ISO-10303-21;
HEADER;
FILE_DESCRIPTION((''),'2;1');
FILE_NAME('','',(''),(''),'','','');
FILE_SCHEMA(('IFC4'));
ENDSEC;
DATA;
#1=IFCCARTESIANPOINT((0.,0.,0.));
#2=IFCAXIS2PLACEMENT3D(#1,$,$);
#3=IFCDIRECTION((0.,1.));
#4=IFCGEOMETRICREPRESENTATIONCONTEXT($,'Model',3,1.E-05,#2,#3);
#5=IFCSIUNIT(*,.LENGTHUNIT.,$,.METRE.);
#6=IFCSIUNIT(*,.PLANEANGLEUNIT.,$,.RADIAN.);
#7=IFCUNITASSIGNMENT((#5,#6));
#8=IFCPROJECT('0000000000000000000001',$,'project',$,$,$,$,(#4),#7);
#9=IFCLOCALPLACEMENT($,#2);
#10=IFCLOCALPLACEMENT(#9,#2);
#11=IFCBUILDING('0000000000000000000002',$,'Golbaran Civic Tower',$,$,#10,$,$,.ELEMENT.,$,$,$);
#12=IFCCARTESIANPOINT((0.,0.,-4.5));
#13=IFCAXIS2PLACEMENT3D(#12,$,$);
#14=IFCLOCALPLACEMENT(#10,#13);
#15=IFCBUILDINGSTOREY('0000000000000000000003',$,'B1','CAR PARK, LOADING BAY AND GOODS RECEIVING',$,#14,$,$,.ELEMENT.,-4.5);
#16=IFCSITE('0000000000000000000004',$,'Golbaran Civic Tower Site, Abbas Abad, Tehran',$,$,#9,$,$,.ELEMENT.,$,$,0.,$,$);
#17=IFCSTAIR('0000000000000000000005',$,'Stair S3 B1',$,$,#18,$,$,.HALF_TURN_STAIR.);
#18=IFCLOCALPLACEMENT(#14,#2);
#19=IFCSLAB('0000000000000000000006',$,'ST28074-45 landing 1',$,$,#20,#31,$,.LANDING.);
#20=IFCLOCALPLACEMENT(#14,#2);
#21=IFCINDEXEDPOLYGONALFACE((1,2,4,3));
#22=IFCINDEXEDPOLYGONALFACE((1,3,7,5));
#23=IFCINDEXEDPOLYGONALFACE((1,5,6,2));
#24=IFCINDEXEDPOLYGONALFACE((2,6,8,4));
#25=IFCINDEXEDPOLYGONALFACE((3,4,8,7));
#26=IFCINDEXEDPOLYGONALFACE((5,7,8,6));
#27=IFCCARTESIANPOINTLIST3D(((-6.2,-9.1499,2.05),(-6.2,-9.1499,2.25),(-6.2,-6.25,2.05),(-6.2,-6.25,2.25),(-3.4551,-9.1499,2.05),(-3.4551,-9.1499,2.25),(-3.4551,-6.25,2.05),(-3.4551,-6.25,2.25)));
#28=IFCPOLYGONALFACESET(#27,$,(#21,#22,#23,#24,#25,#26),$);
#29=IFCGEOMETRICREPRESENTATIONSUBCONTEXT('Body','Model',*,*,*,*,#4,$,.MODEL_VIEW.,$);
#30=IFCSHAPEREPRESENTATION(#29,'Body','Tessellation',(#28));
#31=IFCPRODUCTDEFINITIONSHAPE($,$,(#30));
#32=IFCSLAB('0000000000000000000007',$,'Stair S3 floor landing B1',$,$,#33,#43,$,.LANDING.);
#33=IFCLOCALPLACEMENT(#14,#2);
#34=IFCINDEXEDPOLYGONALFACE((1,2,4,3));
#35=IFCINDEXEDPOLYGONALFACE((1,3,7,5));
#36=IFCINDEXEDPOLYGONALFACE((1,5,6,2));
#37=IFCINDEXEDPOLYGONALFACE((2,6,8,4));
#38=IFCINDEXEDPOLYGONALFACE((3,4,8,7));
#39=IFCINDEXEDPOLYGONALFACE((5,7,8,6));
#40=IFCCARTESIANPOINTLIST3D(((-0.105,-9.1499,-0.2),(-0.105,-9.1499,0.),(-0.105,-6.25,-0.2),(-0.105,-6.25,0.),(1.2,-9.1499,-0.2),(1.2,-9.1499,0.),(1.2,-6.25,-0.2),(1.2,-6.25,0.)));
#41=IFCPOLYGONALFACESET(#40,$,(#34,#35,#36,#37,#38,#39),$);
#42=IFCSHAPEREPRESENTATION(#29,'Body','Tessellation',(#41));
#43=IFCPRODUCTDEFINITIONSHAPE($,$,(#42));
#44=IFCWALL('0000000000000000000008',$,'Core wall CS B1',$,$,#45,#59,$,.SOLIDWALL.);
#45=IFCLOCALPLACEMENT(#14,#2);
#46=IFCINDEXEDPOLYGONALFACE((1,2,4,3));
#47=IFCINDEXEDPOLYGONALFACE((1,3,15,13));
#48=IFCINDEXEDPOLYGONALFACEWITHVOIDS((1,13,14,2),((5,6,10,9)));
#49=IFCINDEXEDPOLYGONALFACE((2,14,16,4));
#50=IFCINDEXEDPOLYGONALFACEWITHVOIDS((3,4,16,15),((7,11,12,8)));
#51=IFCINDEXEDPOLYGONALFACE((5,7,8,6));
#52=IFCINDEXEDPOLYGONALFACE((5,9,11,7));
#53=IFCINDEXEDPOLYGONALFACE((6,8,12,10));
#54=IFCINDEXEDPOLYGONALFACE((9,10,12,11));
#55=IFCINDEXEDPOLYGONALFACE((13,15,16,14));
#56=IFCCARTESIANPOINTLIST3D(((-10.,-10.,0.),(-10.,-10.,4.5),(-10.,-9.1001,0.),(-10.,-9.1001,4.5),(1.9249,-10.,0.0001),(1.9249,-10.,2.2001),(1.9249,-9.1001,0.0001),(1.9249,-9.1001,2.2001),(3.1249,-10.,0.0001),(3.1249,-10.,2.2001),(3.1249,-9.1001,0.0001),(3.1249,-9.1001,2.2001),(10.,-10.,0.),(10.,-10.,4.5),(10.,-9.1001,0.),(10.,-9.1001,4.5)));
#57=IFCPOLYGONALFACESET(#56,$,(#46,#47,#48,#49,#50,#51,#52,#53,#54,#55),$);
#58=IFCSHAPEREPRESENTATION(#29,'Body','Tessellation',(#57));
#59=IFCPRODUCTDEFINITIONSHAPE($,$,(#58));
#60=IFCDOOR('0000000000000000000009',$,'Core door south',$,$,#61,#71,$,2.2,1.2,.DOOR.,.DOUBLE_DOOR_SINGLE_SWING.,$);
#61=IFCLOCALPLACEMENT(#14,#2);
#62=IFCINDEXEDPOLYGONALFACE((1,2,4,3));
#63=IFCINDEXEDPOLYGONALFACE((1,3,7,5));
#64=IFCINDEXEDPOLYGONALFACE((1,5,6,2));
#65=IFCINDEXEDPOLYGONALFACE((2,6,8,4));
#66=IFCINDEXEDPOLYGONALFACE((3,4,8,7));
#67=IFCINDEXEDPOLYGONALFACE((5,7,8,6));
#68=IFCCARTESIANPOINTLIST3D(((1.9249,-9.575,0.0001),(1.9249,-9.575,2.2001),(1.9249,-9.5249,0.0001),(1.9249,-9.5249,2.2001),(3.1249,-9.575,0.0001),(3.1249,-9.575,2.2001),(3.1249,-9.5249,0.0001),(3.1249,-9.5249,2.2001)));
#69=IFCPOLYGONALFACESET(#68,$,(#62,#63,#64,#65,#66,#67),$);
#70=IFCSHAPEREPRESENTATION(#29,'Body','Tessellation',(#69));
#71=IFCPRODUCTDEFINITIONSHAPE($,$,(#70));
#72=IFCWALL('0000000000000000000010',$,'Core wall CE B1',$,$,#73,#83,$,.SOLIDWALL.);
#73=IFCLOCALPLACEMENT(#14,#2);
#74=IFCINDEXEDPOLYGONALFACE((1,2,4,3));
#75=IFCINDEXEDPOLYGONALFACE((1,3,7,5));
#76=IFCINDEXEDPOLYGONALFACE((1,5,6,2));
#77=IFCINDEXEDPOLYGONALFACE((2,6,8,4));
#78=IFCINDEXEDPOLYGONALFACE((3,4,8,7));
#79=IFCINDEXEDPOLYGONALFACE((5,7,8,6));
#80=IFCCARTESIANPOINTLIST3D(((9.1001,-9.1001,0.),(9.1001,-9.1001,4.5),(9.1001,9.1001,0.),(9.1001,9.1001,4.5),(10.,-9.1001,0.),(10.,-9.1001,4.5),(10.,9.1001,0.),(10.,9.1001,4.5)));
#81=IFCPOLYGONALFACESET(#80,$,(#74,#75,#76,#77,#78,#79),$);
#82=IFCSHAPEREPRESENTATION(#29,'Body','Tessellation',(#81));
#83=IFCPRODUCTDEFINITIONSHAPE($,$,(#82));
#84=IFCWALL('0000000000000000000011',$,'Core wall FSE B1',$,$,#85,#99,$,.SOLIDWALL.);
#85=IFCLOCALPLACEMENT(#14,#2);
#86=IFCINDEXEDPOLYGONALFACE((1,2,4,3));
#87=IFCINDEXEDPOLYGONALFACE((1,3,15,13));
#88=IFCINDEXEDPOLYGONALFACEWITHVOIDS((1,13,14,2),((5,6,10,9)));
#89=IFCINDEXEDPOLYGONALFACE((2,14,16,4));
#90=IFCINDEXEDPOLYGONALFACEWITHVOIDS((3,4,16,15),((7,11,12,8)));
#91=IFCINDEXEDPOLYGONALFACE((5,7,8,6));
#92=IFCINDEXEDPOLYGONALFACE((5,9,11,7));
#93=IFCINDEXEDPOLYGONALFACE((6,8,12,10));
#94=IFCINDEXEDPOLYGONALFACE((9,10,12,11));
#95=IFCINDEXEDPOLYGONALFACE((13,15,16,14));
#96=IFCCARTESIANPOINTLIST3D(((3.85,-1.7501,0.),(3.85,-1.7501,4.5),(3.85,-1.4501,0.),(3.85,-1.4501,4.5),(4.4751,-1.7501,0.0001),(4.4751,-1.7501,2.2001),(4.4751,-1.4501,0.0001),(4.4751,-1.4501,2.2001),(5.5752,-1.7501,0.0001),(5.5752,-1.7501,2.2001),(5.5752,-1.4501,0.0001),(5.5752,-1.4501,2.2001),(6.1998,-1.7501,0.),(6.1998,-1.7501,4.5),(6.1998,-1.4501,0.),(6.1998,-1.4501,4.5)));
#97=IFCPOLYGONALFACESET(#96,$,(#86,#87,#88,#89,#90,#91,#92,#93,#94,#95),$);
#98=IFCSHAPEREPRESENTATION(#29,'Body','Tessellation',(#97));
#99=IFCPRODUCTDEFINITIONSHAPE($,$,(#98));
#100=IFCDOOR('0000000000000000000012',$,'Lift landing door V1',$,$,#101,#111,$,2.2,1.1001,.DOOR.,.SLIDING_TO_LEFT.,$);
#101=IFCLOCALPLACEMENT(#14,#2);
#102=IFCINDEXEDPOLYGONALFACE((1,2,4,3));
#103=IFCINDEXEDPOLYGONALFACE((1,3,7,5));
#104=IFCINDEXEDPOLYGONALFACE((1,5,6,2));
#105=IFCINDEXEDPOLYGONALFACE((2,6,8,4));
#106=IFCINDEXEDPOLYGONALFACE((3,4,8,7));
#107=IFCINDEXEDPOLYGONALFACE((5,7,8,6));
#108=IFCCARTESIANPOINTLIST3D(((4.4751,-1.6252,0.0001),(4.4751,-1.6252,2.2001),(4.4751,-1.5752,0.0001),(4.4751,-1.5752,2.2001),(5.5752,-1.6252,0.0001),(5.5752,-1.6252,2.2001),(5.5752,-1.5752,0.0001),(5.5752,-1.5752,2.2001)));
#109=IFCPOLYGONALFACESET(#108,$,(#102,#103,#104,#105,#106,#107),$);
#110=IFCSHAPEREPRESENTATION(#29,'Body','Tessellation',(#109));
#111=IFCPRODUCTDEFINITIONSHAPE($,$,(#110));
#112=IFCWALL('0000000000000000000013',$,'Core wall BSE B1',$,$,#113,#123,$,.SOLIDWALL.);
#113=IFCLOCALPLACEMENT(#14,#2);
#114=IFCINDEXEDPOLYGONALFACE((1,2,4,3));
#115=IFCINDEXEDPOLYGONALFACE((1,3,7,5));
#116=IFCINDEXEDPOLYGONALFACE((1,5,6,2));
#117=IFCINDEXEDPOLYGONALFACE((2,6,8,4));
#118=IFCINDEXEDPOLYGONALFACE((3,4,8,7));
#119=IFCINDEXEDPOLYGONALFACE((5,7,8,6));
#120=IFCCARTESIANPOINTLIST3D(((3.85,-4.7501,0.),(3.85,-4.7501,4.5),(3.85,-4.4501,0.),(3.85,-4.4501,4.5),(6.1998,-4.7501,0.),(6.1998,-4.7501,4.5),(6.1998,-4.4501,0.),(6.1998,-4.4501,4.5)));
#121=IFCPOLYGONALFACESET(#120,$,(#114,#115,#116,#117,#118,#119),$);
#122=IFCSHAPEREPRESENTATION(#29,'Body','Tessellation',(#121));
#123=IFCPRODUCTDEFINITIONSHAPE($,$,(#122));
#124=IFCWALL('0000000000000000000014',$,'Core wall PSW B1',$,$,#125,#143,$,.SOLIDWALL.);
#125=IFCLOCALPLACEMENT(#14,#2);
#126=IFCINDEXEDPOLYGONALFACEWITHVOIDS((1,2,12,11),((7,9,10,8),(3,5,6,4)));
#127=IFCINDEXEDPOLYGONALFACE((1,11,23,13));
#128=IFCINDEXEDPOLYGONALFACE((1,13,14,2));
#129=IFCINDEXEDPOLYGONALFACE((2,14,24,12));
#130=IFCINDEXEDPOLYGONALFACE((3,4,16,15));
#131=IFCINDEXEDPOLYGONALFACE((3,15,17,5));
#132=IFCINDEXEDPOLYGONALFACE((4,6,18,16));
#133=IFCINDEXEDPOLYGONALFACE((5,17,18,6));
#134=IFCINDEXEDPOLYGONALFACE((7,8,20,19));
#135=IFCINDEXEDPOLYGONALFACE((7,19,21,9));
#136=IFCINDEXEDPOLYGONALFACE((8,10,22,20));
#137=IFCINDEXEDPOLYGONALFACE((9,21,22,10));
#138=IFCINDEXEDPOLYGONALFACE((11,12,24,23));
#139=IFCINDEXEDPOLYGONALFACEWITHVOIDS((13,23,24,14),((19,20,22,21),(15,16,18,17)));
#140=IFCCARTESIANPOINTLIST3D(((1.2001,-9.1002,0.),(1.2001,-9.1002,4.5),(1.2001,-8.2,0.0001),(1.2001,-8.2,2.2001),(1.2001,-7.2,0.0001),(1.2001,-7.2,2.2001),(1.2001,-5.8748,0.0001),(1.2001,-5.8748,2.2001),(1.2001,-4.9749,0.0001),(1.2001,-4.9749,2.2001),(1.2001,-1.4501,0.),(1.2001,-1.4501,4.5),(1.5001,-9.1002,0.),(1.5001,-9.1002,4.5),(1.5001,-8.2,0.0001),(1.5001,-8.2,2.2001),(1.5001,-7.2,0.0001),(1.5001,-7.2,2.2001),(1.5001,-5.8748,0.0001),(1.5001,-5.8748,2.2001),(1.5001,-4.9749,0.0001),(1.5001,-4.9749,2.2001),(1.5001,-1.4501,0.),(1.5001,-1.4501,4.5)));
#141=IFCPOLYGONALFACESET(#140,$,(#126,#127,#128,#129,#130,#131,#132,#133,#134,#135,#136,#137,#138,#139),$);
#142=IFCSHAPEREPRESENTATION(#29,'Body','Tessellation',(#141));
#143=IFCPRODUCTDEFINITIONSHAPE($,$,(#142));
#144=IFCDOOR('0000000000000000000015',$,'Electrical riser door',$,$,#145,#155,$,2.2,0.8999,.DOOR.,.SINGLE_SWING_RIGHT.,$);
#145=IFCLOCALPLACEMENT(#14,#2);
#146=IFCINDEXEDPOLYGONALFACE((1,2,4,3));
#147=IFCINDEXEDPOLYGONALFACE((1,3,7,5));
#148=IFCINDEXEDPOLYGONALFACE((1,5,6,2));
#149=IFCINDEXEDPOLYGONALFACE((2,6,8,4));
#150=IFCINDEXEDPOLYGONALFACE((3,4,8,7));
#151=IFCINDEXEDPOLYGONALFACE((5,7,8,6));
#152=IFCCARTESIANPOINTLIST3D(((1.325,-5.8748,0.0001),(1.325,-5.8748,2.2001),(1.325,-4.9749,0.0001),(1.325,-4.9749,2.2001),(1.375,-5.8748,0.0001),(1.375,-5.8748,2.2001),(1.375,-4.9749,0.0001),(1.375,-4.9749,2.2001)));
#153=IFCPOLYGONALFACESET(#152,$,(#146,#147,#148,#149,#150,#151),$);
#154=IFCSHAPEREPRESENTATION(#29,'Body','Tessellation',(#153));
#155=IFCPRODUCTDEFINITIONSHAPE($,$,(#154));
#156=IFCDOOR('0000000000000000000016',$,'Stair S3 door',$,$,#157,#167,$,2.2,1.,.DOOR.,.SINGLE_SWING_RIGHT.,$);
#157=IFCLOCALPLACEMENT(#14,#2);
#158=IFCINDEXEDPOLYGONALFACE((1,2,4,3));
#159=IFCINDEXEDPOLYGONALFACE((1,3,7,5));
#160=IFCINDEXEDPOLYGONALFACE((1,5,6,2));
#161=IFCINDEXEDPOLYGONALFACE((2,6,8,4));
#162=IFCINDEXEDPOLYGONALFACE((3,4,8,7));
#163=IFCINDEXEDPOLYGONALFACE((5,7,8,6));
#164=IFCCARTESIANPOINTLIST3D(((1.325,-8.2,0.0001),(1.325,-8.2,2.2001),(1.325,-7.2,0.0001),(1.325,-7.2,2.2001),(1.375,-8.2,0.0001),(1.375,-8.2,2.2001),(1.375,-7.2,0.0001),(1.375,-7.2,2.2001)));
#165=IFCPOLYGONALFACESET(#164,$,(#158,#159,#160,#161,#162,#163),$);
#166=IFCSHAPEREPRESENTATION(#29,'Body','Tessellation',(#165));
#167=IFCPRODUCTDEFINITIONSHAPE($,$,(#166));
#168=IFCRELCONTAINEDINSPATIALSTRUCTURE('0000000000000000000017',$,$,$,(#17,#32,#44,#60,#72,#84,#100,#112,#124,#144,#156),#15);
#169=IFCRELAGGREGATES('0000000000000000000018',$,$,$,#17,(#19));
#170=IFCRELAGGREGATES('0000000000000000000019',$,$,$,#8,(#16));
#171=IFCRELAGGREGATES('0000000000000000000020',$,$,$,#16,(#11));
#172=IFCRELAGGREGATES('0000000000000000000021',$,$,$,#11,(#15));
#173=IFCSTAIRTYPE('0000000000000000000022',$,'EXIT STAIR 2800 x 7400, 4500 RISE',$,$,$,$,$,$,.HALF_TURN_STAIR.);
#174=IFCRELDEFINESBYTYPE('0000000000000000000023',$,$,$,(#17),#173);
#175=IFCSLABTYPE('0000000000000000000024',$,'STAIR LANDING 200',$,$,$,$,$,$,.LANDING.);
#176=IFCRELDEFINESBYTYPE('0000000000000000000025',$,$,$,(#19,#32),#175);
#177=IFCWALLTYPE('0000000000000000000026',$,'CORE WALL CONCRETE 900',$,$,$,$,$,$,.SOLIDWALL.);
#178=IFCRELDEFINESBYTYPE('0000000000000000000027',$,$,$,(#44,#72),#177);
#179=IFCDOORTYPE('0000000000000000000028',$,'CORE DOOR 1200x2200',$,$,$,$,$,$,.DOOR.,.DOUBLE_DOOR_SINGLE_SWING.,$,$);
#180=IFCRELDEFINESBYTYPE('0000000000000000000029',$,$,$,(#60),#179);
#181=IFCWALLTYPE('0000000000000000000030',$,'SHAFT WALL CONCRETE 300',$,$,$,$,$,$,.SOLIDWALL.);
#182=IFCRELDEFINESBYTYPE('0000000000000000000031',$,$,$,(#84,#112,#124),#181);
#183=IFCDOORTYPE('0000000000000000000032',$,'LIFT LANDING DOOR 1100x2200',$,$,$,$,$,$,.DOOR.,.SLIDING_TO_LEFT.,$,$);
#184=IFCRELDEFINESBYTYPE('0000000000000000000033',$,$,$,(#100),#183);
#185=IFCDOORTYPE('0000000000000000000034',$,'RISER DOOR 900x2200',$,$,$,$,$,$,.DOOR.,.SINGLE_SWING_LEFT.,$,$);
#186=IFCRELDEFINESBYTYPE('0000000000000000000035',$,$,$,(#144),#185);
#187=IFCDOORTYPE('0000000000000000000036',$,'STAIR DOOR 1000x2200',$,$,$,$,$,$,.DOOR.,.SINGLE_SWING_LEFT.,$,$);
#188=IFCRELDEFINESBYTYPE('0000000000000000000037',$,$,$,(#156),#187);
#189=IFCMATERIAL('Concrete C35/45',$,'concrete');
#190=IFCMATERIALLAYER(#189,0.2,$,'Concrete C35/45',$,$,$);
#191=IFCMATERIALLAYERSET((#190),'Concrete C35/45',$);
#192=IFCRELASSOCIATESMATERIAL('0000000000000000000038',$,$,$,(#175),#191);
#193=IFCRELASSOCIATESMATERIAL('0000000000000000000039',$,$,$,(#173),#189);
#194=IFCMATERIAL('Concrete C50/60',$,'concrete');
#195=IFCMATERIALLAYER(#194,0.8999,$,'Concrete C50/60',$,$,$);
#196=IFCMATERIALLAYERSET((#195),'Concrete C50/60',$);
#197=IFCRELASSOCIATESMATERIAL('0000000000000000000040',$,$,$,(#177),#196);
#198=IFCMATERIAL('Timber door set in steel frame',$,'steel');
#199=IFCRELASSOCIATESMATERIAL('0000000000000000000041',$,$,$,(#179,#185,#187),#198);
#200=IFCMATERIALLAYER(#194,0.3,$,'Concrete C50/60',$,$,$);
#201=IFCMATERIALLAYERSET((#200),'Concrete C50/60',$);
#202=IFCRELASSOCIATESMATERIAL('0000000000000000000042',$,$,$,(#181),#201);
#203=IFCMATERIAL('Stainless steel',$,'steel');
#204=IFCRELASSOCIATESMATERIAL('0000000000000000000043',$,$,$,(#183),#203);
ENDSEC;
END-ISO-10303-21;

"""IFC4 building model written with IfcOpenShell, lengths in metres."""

from ifc_helpers import new_model, si_unit, direction, frame, frame_2d, origin, place, context, subcontext, project, spatial, polyline, rectangle, outline, extrude, material, layer, layer_set, type_object, element, fill, aggregate, save


model = new_model("IFC4")

# Units and contexts
model_context = context("Model", 3, precision=1e-05, world=origin(), true_north=direction((0.0, 1.0)))
body_context = subcontext(model_context, "Body", "Model", "MODEL_VIEW")
ifc_project = project(units=[si_unit("LENGTHUNIT", "METRE"), si_unit("PLANEANGLEUNIT", "RADIAN")], contexts=[model_context])

# Site, building, storey
site_placement = place(None, origin())
site = spatial("IfcSite", under=ifc_project, at=site_placement, Name="Golbaran Civic Tower Site, Abbas Abad, Tehran", CompositionType="ELEMENT", RefElevation=0.0)
building_placement = place(site_placement, origin())
building = spatial("IfcBuilding", under=site, at=building_placement, Name="Golbaran Civic Tower", CompositionType="ELEMENT")
storey_placement = place(building_placement, frame((0.0, 0.0, -4.5)))
storey = spatial("IfcBuildingStorey", under=building, at=storey_placement, Name="B1", Description="CAR PARK, LOADING BAY AND GOODS RECEIVING", CompositionType="ELEMENT", Elevation=-4.5)

# Shared definitions
ifc_material_1 = material(Name="Concrete C50/60", Category="concrete")

# Shared definitions
ifc_material_2 = material(Name="Concrete C35/45", Category="concrete")
ifc_layer_1 = layer(ifc_material_2, 0.2, Name="Concrete C35/45")
ifc_layer_set_1 = layer_set([ifc_layer_1], Name="Concrete C35/45")
slab_type = type_object("IfcSlabType", Name="STAIR LANDING 200", PredefinedType="LANDING", material=ifc_layer_set_1)

# Stair, slab
stair_type_1 = type_object("IfcStairType", Name="EXIT STAIR 2800 x 7400, 4500 RISE", PredefinedType="HALF_TURN_STAIR", material=ifc_material_2)
stair_1_placement = place(storey_placement, origin())
stair_1 = element("IfcStair", 1, at=stair_1_placement, inside=storey, type_object=stair_type_1, Name="Stair S3 B1", PredefinedType="HALF_TURN_STAIR")
slab_1_placement = place(storey_placement, frame((0.0, 0.0, 2.05)))
slab_1 = element("IfcSlab", 2, at=slab_1_placement, type_object=slab_type, Name="ST28074-45 landing 1", PredefinedType="LANDING", context=body_context, shape_type="SweptSolid", body=[
    extrude(outline(polyline([(-3.4551, -9.1499), (-6.2, -9.1499), (-6.2, -6.25), (-3.4551, -6.25), (-3.4551, -9.1499)])), origin(), (0.0, 0.0, 1.0), 0.2),
])
aggregate(stair_1, [slab_1])

# Slab
slab_2_placement = place(storey_placement, frame((0.0, 0.0, -0.2)))
element("IfcSlab", 3, at=slab_2_placement, inside=storey, type_object=slab_type, Name="Stair S3 floor landing B1", PredefinedType="LANDING", context=body_context, shape_type="SweptSolid", body=[
    extrude(outline(polyline([(1.2, -9.1499), (-0.105, -9.1499), (-0.105, -6.25), (1.2, -6.25), (1.2, -9.1499)])), origin(), (0.0, 0.0, 1.0), 0.2),
])

# Wall, opening, door
ifc_layer_2 = layer(ifc_material_1, 0.8999, Name="Concrete C50/60")
ifc_layer_set_2 = layer_set([ifc_layer_2], Name="Concrete C50/60")
wall_type_1 = type_object("IfcWallType", Name="CORE WALL CONCRETE 900", PredefinedType="SOLIDWALL", material=ifc_layer_set_2)
wall_1_placement = place(storey_placement, frame((10.0, -9.55, 0.0), z_axis=(0.0, 0.0, 1.0), x_axis=(-1.0, 0.0, 0.0)))
wall_1 = element("IfcWall", 4, at=wall_1_placement, inside=storey, type_object=wall_type_1, Name="Core wall CS B1", PredefinedType="SOLIDWALL", context=body_context, shape_type="SweptSolid", body=[
    extrude(rectangle(XDim=20.0, YDim=0.8999, at=frame_2d((10.0, 0.0))), origin(), (0.0, 0.0, 1.0), 4.5),
])
opening_1_placement = place(wall_1_placement, frame((6.875, 0.0, 0.0)))
opening_1 = element("IfcOpeningElement", 5, at=opening_1_placement, cuts=wall_1, PredefinedType="OPENING", context=body_context, shape_type="SweptSolid", body=[
    extrude(rectangle(XDim=1.2, YDim=2.2, at=frame_2d((0.6001, 1.1001))), frame((0.0, 0.46, 0.0), z_axis=(0.0, -1.0, 0.0), x_axis=(1.0, 0.0, 0.0)), (0.0, 0.0, 1.0), 0.9199),
])
ifc_material_3 = material(Name="Timber door set in steel frame", Category="steel")
door_type_1 = type_object("IfcDoorType", Name="CORE DOOR 1200x2200", OperationType="DOUBLE_DOOR_SINGLE_SWING", PredefinedType="DOOR", material=ifc_material_3)
door_1_placement = place(opening_1_placement, origin())
door_1 = element("IfcDoor", 6, at=door_1_placement, inside=storey, type_object=door_type_1, Name="Core door south", OperationType="DOUBLE_DOOR_SINGLE_SWING", OverallHeight=2.2, OverallWidth=1.2, PredefinedType="DOOR", context=body_context, shape_type="SweptSolid", body=[
    extrude(rectangle(XDim=1.2, YDim=2.2, at=frame_2d((0.6001, 1.1001))), frame((0.0, 0.0249, 0.0), z_axis=(0.0, -1.0, 0.0), x_axis=(1.0, 0.0, 0.0)), (0.0, 0.0, 1.0), 0.05),
])
fill(opening_1, door_1)

# Wall
wall_2_placement = place(storey_placement, frame((9.55, -9.1001, 0.0), z_axis=(0.0, 0.0, 1.0), x_axis=(0.0, 1.0, 0.0)))
element("IfcWall", 7, at=wall_2_placement, inside=storey, type_object=wall_type_1, Name="Core wall CE B1", PredefinedType="SOLIDWALL", context=body_context, shape_type="SweptSolid", body=[
    extrude(rectangle(XDim=18.2002, YDim=0.8999, at=frame_2d((9.1001, 0.0))), origin(), (0.0, 0.0, 1.0), 4.5),
])

# Wall, opening, door
ifc_layer_3 = layer(ifc_material_1, 0.3, Name="Concrete C50/60")
ifc_layer_set_3 = layer_set([ifc_layer_3], Name="Concrete C50/60")
wall_type_2 = type_object("IfcWallType", Name="SHAFT WALL CONCRETE 300", PredefinedType="SOLIDWALL", material=ifc_layer_set_3)
wall_3_placement = place(storey_placement, frame((3.8501, -1.6001, 0.0), z_axis=(0.0, 0.0, 1.0), x_axis=(1.0, 0.0, 0.0)))
wall_3 = element("IfcWall", 8, at=wall_3_placement, inside=storey, type_object=wall_type_2, Name="Core wall FSE B1", PredefinedType="SOLIDWALL", context=body_context, shape_type="SweptSolid", body=[
    extrude(rectangle(XDim=2.3499, YDim=0.3, at=frame_2d((1.1748, 0.0))), origin(), (0.0, 0.0, 1.0), 4.5),
])
opening_2_placement = place(wall_3_placement, frame((0.625, 0.0, 0.0)))
opening_2 = element("IfcOpeningElement", 9, at=opening_2_placement, cuts=wall_3, PredefinedType="OPENING", context=body_context, shape_type="SweptSolid", body=[
    extrude(rectangle(XDim=1.1001, YDim=2.2, at=frame_2d((0.55, 1.1001))), frame((0.0, 0.1599, 0.0), z_axis=(0.0, -1.0, 0.0), x_axis=(1.0, 0.0, 0.0)), (0.0, 0.0, 1.0), 0.3201),
])
ifc_material_4 = material(Name="Stainless steel", Category="steel")
door_type_2 = type_object("IfcDoorType", Name="LIFT LANDING DOOR 1100x2200", OperationType="SLIDING_TO_LEFT", PredefinedType="DOOR", material=ifc_material_4)
door_2_placement = place(opening_2_placement, origin())
door_2 = element("IfcDoor", 10, at=door_2_placement, inside=storey, type_object=door_type_2, Name="Lift landing door V1", OperationType="SLIDING_TO_LEFT", OverallHeight=2.2, OverallWidth=1.1001, PredefinedType="DOOR", context=body_context, shape_type="SweptSolid", body=[
    extrude(rectangle(XDim=1.1001, YDim=2.2, at=frame_2d((0.55, 1.1001))), frame((0.0, 0.0249, 0.0), z_axis=(0.0, -1.0, 0.0), x_axis=(1.0, 0.0, 0.0)), (0.0, 0.0, 1.0), 0.05),
])
fill(opening_2, door_2)

# Wall
wall_4_placement = place(storey_placement, frame((3.8501, -4.6001, 0.0), z_axis=(0.0, 0.0, 1.0), x_axis=(1.0, 0.0, 0.0)))
element("IfcWall", 11, at=wall_4_placement, inside=storey, type_object=wall_type_2, Name="Core wall BSE B1", PredefinedType="SOLIDWALL", context=body_context, shape_type="SweptSolid", body=[
    extrude(rectangle(XDim=2.3499, YDim=0.3, at=frame_2d((1.1748, 0.0))), origin(), (0.0, 0.0, 1.0), 4.5),
])

# Wall, openings, doors
wall_5_placement = place(storey_placement, frame((1.3501, -1.45, 0.0), z_axis=(0.0, 0.0, 1.0), x_axis=(0.0, -1.0, 0.0)))
wall_5 = element("IfcWall", 12, at=wall_5_placement, inside=storey, type_object=wall_type_2, Name="Core wall PSW B1", PredefinedType="SOLIDWALL", context=body_context, shape_type="SweptSolid", body=[
    extrude(rectangle(XDim=7.6501, YDim=0.3, at=frame_2d((3.8252, 0.0))), origin(), (0.0, 0.0, 1.0), 4.5),
])
opening_3_placement = place(wall_5_placement, frame((5.75, 0.0, 0.0)))
opening_3 = element("IfcOpeningElement", 13, at=opening_3_placement, cuts=wall_5, PredefinedType="OPENING", context=body_context, shape_type="SweptSolid", body=[
    extrude(rectangle(XDim=1.0, YDim=2.2, at=frame_2d((0.5, 1.1001))), frame((0.0, 0.1599, 0.0), z_axis=(0.0, -1.0, 0.0), x_axis=(1.0, 0.0, 0.0)), (0.0, 0.0, 1.0), 0.3201),
])
opening_4_placement = place(wall_5_placement, frame((3.5249, 0.0, 0.0)))
opening_4 = element("IfcOpeningElement", 14, at=opening_4_placement, cuts=wall_5, PredefinedType="OPENING", context=body_context, shape_type="SweptSolid", body=[
    extrude(rectangle(XDim=0.8999, YDim=2.2, at=frame_2d((0.45, 1.1001))), frame((0.0, 0.1599, 0.0), z_axis=(0.0, -1.0, 0.0), x_axis=(1.0, 0.0, 0.0)), (0.0, 0.0, 1.0), 0.3201),
])
door_type_3 = type_object("IfcDoorType", Name="RISER DOOR 900x2200", OperationType="SINGLE_SWING_LEFT", PredefinedType="DOOR", material=ifc_material_3)
door_3_placement = place(opening_4_placement, origin())
door_3 = element("IfcDoor", 15, at=door_3_placement, inside=storey, type_object=door_type_3, Name="Electrical riser door", OperationType="SINGLE_SWING_RIGHT", OverallHeight=2.2, OverallWidth=0.8999, PredefinedType="DOOR", context=body_context, shape_type="SweptSolid", body=[
    extrude(rectangle(XDim=0.8999, YDim=2.2, at=frame_2d((0.45, 1.1001))), frame((0.0, 0.0249, 0.0), z_axis=(0.0, -1.0, 0.0), x_axis=(1.0, 0.0, 0.0)), (0.0, 0.0, 1.0), 0.05),
])
fill(opening_4, door_3)
door_type_4 = type_object("IfcDoorType", Name="STAIR DOOR 1000x2200", OperationType="SINGLE_SWING_LEFT", PredefinedType="DOOR", material=ifc_material_3)
door_4_placement = place(opening_3_placement, origin())
door_4 = element("IfcDoor", 16, at=door_4_placement, inside=storey, type_object=door_type_4, Name="Stair S3 door", OperationType="SINGLE_SWING_RIGHT", OverallHeight=2.2, OverallWidth=1.0, PredefinedType="DOOR", context=body_context, shape_type="SweptSolid", body=[
    extrude(rectangle(XDim=1.0, YDim=2.2, at=frame_2d((0.5, 1.1001))), frame((0.0, 0.0249, 0.0), z_axis=(0.0, -1.0, 0.0), x_axis=(1.0, 0.0, 0.0)), (0.0, 0.0, 1.0), 0.05),
])
fill(opening_3, door_4)

save(model, "model.ifc")
